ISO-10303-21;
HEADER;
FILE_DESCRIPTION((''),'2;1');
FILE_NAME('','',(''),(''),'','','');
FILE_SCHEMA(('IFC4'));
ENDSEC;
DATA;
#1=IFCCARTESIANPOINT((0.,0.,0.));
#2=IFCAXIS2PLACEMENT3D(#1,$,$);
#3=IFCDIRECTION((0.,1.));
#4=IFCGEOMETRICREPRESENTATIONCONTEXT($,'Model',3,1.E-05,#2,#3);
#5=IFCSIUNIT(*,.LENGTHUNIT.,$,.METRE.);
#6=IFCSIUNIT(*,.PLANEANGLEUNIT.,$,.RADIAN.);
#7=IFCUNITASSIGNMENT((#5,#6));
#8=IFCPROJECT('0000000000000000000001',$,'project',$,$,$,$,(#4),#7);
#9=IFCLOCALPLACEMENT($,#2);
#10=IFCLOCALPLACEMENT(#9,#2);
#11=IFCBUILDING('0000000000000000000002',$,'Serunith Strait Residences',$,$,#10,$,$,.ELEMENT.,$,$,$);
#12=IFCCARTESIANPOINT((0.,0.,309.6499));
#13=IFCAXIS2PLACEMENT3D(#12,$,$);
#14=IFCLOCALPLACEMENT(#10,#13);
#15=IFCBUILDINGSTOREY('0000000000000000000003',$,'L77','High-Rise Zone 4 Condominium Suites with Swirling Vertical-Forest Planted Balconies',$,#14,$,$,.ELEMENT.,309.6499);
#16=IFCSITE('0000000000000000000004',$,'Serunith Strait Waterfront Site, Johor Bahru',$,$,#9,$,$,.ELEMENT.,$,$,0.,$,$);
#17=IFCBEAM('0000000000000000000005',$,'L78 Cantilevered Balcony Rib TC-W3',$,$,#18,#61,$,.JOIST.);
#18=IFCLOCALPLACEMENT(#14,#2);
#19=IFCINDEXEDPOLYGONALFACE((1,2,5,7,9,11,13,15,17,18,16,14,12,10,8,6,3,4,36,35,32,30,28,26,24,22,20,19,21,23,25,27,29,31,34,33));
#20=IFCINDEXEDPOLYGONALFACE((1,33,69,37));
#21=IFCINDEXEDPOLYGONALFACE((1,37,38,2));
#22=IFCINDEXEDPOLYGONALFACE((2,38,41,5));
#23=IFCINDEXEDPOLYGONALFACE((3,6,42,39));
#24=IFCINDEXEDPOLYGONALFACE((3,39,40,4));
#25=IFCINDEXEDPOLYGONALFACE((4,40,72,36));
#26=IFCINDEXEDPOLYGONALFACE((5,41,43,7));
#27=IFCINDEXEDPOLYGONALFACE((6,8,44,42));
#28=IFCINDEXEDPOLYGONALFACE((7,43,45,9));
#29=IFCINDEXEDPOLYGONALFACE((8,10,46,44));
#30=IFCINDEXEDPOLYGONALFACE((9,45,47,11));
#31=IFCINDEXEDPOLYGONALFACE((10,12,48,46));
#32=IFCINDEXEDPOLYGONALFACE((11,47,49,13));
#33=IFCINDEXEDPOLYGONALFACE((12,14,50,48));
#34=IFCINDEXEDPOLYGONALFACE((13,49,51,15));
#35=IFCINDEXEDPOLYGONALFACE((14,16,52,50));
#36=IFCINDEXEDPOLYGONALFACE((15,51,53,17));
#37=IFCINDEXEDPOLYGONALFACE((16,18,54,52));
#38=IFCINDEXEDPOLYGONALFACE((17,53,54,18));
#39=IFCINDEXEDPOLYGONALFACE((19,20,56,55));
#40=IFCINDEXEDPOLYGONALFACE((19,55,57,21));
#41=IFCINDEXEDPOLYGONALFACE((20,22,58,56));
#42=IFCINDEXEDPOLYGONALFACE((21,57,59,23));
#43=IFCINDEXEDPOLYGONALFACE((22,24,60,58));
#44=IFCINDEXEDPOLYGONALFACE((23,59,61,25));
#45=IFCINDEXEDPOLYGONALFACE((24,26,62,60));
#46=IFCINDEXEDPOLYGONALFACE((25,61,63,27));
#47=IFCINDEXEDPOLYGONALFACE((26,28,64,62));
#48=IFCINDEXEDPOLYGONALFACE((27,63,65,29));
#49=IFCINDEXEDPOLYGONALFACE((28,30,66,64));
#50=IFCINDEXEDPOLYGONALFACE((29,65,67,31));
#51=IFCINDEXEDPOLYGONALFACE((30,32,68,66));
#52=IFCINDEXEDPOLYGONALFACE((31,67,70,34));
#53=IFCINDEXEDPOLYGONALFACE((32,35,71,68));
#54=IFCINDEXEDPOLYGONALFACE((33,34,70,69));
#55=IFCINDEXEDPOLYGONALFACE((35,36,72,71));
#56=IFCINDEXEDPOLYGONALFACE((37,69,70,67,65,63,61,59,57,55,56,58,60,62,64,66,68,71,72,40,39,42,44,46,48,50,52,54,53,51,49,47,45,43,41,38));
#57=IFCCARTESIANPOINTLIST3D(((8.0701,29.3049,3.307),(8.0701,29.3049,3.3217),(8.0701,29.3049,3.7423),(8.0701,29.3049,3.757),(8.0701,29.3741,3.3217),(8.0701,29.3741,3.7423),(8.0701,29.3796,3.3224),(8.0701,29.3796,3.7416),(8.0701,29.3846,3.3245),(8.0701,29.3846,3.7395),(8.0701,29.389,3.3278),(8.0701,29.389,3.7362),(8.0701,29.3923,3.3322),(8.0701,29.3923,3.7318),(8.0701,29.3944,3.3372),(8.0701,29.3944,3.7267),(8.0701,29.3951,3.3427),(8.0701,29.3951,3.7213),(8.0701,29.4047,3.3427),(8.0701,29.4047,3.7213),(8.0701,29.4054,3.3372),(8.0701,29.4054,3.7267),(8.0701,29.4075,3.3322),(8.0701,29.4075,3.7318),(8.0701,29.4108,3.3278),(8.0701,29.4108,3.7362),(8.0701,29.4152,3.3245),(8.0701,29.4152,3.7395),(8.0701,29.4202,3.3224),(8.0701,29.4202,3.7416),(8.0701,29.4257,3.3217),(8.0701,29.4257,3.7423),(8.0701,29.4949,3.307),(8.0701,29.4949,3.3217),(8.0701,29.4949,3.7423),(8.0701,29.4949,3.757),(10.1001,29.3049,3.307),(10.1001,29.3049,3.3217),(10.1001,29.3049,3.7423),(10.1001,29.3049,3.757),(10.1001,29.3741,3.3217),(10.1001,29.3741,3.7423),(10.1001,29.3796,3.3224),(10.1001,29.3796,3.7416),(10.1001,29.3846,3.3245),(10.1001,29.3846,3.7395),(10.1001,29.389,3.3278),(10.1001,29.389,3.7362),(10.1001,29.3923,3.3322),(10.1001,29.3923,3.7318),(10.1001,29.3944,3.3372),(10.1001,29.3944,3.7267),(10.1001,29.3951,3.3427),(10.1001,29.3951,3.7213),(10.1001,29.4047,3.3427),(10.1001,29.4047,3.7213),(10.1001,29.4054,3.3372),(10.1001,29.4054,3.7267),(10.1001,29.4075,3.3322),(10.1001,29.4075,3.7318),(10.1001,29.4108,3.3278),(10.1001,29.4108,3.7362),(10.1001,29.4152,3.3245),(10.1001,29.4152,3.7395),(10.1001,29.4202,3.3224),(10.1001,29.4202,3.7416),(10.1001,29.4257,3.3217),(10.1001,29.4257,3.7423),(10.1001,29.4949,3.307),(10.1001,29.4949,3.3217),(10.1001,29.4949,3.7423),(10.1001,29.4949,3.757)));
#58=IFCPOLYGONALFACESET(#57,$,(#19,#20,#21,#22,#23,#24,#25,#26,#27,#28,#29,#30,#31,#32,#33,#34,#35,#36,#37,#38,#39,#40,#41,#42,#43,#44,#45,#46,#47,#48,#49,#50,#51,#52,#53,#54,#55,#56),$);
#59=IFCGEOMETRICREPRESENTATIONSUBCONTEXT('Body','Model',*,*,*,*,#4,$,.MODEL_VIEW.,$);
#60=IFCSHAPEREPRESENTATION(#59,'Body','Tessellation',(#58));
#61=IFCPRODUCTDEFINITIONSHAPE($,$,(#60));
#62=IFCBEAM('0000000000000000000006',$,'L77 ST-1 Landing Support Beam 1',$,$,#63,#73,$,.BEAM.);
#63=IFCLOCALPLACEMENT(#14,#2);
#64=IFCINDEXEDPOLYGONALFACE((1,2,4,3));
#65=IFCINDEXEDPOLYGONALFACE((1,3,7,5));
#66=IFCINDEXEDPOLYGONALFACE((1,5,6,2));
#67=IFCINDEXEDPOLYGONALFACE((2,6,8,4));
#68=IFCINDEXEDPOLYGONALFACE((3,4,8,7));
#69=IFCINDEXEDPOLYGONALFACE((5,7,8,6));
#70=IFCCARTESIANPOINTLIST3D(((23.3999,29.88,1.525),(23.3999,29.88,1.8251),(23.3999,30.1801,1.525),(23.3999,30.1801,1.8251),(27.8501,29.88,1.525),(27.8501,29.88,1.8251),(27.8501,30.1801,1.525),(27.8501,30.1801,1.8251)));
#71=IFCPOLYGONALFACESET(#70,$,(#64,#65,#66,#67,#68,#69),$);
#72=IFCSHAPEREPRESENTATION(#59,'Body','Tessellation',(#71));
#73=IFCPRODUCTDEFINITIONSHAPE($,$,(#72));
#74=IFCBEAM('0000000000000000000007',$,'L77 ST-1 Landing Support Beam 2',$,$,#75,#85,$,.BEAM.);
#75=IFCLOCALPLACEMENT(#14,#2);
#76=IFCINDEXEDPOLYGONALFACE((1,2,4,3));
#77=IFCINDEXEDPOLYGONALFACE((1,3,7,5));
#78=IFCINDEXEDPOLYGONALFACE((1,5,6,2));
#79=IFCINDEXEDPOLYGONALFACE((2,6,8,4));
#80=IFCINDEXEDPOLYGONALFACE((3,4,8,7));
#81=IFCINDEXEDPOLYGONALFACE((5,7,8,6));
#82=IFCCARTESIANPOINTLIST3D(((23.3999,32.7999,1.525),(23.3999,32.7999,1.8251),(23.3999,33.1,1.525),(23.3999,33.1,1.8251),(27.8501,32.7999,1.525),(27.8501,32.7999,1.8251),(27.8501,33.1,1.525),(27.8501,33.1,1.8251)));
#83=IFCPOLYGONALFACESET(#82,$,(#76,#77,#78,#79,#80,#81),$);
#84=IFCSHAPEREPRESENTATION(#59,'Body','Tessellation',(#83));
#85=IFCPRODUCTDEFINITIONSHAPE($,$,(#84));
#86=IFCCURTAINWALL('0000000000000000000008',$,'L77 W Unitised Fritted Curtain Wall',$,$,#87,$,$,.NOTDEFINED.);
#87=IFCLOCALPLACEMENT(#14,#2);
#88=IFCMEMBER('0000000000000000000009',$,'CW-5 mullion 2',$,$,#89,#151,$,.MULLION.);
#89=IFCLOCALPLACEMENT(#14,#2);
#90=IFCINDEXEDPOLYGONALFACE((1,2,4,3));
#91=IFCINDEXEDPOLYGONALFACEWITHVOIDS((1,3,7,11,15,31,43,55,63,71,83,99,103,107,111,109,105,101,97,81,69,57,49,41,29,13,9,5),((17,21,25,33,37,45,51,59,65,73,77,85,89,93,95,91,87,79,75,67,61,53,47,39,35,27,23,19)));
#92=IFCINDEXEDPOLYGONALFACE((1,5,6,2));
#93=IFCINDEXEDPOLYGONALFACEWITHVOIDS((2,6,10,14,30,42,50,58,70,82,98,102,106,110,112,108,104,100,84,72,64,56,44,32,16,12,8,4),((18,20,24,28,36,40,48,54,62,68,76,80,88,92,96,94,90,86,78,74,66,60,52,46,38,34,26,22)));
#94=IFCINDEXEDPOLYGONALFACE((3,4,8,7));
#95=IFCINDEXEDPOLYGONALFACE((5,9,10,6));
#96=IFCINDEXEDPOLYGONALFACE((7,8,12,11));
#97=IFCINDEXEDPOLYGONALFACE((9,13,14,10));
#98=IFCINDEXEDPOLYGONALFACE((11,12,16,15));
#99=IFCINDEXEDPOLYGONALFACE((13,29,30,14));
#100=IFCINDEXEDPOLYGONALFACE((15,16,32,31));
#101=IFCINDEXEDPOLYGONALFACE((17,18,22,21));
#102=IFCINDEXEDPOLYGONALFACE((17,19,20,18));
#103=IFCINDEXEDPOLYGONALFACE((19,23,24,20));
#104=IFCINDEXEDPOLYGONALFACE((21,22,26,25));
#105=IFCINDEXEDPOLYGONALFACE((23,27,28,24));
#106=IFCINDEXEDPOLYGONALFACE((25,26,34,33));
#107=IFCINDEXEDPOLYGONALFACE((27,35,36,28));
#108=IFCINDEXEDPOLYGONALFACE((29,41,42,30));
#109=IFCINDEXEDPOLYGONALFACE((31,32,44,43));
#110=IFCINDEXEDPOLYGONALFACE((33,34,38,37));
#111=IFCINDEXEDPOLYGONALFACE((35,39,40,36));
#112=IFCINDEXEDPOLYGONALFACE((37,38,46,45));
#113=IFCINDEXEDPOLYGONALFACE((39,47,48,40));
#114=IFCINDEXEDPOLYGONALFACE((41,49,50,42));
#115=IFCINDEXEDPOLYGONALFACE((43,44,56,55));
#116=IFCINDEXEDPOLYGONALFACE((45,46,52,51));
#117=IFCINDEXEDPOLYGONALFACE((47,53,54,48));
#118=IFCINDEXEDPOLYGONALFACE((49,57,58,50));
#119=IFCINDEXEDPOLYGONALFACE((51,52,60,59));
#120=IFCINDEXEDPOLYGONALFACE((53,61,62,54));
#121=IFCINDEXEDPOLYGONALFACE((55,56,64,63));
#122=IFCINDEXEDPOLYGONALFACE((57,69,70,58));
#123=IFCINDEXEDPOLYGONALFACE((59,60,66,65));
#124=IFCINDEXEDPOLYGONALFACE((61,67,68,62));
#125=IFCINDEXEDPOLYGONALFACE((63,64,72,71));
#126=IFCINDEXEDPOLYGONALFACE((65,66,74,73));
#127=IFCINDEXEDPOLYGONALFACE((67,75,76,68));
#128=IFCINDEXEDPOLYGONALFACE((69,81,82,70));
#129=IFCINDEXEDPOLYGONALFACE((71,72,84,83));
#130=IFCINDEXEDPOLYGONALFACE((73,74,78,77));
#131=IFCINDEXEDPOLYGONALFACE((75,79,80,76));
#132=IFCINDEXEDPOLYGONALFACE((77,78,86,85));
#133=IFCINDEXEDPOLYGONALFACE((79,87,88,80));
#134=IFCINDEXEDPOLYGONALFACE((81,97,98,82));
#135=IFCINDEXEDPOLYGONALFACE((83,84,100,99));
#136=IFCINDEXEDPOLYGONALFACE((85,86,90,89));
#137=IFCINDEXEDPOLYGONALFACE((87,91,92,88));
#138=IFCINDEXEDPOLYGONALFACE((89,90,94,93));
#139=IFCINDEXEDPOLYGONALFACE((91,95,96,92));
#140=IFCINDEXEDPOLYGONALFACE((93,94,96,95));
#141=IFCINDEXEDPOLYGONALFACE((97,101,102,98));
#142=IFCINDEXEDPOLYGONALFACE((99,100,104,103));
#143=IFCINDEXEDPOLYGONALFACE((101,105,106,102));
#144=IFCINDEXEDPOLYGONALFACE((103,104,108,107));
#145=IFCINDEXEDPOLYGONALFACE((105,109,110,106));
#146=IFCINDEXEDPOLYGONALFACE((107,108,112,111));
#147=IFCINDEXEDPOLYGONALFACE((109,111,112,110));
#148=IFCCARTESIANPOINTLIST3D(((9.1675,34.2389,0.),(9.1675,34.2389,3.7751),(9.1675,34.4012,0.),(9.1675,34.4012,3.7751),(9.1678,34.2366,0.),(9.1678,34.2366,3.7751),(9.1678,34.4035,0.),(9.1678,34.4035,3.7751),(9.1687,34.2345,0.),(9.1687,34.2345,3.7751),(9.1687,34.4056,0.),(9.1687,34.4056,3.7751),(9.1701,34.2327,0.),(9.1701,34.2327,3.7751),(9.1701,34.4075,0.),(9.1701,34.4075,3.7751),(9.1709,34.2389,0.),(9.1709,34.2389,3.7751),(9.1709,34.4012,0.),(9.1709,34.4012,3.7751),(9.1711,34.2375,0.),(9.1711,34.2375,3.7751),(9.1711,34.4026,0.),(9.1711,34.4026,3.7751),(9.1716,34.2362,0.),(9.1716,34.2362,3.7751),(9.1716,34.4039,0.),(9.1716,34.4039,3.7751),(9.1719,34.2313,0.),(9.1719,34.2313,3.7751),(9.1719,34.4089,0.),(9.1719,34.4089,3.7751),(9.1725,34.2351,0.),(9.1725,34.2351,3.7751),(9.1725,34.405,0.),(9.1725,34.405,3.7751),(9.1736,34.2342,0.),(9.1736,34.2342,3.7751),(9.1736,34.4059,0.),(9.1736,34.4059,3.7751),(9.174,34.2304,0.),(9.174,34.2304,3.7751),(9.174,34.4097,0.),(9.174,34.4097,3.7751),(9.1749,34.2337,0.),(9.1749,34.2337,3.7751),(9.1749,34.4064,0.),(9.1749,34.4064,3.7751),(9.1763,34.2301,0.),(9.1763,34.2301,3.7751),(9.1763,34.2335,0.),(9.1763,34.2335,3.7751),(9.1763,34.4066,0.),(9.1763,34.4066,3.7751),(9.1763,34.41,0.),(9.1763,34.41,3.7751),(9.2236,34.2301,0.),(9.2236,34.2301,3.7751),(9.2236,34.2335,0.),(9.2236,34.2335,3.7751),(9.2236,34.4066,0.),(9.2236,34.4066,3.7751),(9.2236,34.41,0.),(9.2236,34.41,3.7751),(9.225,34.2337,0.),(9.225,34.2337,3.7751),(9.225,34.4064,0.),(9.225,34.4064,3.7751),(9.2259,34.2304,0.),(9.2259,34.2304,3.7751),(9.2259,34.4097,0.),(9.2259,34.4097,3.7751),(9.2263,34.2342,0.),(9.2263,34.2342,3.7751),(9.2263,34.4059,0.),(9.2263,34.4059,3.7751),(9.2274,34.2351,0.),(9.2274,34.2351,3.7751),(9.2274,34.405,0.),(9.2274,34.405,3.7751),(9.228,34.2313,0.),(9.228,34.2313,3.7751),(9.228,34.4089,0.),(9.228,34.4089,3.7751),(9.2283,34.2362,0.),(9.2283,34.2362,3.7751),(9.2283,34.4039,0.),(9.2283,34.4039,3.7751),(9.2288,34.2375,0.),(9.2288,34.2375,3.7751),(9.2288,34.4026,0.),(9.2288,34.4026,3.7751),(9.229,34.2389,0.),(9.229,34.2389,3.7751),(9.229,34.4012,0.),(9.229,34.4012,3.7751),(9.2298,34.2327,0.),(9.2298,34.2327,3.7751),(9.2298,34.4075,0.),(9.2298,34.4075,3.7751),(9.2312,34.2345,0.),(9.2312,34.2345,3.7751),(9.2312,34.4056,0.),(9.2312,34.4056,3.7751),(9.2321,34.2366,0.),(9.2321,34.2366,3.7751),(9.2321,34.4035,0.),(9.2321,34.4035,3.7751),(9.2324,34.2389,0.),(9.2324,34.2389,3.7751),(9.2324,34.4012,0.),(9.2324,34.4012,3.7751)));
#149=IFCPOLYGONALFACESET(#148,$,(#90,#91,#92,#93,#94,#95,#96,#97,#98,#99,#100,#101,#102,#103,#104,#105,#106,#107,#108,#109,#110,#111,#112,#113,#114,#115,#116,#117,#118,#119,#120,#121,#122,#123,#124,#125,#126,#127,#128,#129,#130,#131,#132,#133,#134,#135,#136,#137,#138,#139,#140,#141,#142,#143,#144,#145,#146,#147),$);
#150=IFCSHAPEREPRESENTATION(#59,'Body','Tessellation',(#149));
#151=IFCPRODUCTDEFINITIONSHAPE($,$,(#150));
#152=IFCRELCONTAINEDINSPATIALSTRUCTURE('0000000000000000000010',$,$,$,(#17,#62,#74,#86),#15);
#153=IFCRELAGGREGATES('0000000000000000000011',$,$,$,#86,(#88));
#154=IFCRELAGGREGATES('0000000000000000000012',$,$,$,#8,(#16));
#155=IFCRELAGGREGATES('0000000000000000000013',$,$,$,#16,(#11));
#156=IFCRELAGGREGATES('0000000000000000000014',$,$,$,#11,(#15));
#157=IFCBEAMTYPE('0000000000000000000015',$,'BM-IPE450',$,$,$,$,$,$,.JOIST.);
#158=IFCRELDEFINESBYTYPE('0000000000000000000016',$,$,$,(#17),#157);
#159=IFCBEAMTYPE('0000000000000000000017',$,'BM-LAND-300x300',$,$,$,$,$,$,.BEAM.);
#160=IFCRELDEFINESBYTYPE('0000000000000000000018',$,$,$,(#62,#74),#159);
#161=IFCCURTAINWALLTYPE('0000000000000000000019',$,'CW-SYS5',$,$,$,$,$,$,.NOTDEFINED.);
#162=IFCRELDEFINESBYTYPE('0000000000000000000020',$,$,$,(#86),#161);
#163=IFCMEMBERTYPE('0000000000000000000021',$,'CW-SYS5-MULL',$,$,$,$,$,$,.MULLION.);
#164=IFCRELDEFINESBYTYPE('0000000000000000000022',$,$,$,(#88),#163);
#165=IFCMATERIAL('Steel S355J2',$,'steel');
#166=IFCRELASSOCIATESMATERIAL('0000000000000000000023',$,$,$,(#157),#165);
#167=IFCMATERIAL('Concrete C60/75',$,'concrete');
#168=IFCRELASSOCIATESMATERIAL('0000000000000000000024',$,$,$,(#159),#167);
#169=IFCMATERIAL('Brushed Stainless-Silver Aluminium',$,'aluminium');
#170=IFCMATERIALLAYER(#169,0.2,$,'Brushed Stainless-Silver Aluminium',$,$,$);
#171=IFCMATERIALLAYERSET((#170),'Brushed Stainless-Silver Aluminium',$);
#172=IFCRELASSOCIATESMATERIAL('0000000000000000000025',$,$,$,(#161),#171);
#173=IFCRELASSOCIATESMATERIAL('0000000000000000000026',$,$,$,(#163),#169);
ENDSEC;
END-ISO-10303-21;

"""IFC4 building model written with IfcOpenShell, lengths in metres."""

from ifc_helpers import new_model, si_unit, direction, frame, origin, origin_2d, place, context, subcontext, project, spatial, rectangle, hollow_rectangle, i_section, extrude, source, transform, mapped, material, layer, layer_set, material_profile, profile_set, type_object, element, aggregate, save


model = new_model("IFC4")

# Units and contexts
model_context = context("Model", 3, precision=1e-05, world=origin(), true_north=direction((0.0, 1.0)))
body_context = subcontext(model_context, "Body", "Model", "MODEL_VIEW")
ifc_project = project(units=[si_unit("LENGTHUNIT", "METRE"), si_unit("PLANEANGLEUNIT", "RADIAN")], contexts=[model_context])

# Site, building, storey
site_placement = place(None, origin())
site = spatial("IfcSite", under=ifc_project, at=site_placement, Name="Serunith Strait Waterfront Site, Johor Bahru", CompositionType="ELEMENT", RefElevation=0.0)
building_placement = place(site_placement, origin())
building = spatial("IfcBuilding", under=site, at=building_placement, Name="Serunith Strait Residences", CompositionType="ELEMENT")
storey_placement = place(building_placement, frame((0.0, 0.0, 309.6499)))
storey = spatial("IfcBuildingStorey", under=building, at=storey_placement, Name="L77", Description="High-Rise Zone 4 Condominium Suites with Swirling Vertical-Forest Planted Balconies", CompositionType="ELEMENT", Elevation=309.6499)

# Beams
ifc_material_1 = material(Name="Steel S355J2", Category="steel")
ifc_material_profile_1 = material_profile(ifc_material_1, i_section(OverallWidth=0.1899, OverallDepth=0.45, WebThickness=0.0095, FlangeThickness=0.0146, FilletRadius=0.021, at=origin_2d()), Name="IPE 450")
ifc_profile_set_1 = profile_set([ifc_material_profile_1], Name="Steel S355J2")
beam_type_1 = type_object("IfcBeamType", Name="BM-IPE450", PredefinedType="JOIST", material=ifc_profile_set_1)
shared_shape_1 = source(origin(), body_context, "Body", "SweptSolid", [
    extrude(i_section(OverallWidth=0.1899, OverallDepth=0.45, WebThickness=0.0095, FlangeThickness=0.0146, FilletRadius=0.021, at=origin_2d()), origin(), (0.0, 0.0, 1.0), 2.03),
])
beam_1_placement = place(storey_placement, frame((10.1001, 29.3999, 3.532), z_axis=(-1.0, 0.0, 0.0), x_axis=(0.0, -1.0, 0.0)))
element("IfcBeam", 1, at=beam_1_placement, inside=storey, type_object=beam_type_1, Name="L78 Cantilevered Balcony Rib TC-W3", PredefinedType="JOIST", context=body_context, shape_type="MappedRepresentation", body=[
    mapped(shared_shape_1, transform((0.0, 0.0, 0.0), scale=1.0)),
])
ifc_material_2 = material(Name="Concrete C60/75", Category="concrete")
ifc_material_profile_2 = material_profile(ifc_material_2, rectangle(XDim=0.3, YDim=0.3, at=origin_2d()), Name="RC 300x300")
ifc_profile_set_2 = profile_set([ifc_material_profile_2], Name="Concrete C60/75")
beam_type_2 = type_object("IfcBeamType", Name="BM-LAND-300x300", PredefinedType="BEAM", material=ifc_profile_set_2)
shared_shape_2 = source(origin(), body_context, "Body", "SweptSolid", [
    extrude(rectangle(XDim=0.3, YDim=0.3, at=origin_2d()), origin(), (0.0, 0.0, 1.0), 4.4502),
])
for number, where, z_axis, x_axis, name in (
    (2, (23.3999, 30.03, 1.675), (1.0, 0.0, 0.0), (0.0, 1.0, 0.0), "L77 ST-1 Landing Support Beam 1"),
    (3, (23.3999, 32.95, 1.675), (1.0, 0.0, 0.0), (0.0, 1.0, 0.0), "L77 ST-1 Landing Support Beam 2"),
):
    element("IfcBeam", number, at=place(storey_placement, frame(where, z_axis=z_axis, x_axis=x_axis)), inside=storey, type_object=beam_type_2, Name=name, PredefinedType="BEAM", context=body_context, shape_type="MappedRepresentation", body=[
        mapped(shared_shape_2, transform((0.0, 0.0, 0.0), scale=1.0)),
    ])

# Curtain wall, member
ifc_material_3 = material(Name="Brushed Stainless-Silver Aluminium", Category="aluminium")
ifc_layer_1 = layer(ifc_material_3, 0.2, Name="Brushed Stainless-Silver Aluminium")
ifc_layer_set_1 = layer_set([ifc_layer_1], Name="Brushed Stainless-Silver Aluminium")
curtain_wall_type = type_object("IfcCurtainWallType", Name="CW-SYS5", PredefinedType="NOTDEFINED", material=ifc_layer_set_1)
curtain_wall_placement = place(storey_placement, origin())
curtain_wall = element("IfcCurtainWall", 4, at=curtain_wall_placement, inside=storey, type_object=curtain_wall_type, Name="L77 W Unitised Fritted Curtain Wall", PredefinedType="NOTDEFINED")
ifc_material_profile_3 = material_profile(ifc_material_3, hollow_rectangle(XDim=0.0649, YDim=0.1799, WallThickness=0.0034, InnerFilletRadius=0.0054, OuterFilletRadius=0.0088, at=origin_2d()), Name="ALU 180x65x3.5")
ifc_profile_set_3 = profile_set([ifc_material_profile_3], Name="Brushed Stainless-Silver Aluminium")
member_type_1 = type_object("IfcMemberType", Name="CW-SYS5-MULL", PredefinedType="MULLION", material=ifc_profile_set_3)
shared_shape_3 = source(origin(), body_context, "Body", "SweptSolid", [
    extrude(hollow_rectangle(XDim=0.0649, YDim=0.1799, WallThickness=0.0034, InnerFilletRadius=0.0054, OuterFilletRadius=0.0088, at=origin_2d()), origin(), (0.0, 0.0, 1.0), 3.7751),
])
member_1_placement = place(storey_placement, frame((9.2, 34.3201, 0.0), z_axis=(0.0, 0.0, 1.0), x_axis=(1.0, 0.0, 0.0)))
member_1 = element("IfcMember", 5, at=member_1_placement, type_object=member_type_1, Name="CW-5 mullion 2", PredefinedType="MULLION", context=body_context, shape_type="MappedRepresentation", body=[
    mapped(shared_shape_3, transform((0.0, 0.0, 0.0), scale=1.0)),
])
aggregate(curtain_wall, [member_1])

save(model, "model.ifc")
